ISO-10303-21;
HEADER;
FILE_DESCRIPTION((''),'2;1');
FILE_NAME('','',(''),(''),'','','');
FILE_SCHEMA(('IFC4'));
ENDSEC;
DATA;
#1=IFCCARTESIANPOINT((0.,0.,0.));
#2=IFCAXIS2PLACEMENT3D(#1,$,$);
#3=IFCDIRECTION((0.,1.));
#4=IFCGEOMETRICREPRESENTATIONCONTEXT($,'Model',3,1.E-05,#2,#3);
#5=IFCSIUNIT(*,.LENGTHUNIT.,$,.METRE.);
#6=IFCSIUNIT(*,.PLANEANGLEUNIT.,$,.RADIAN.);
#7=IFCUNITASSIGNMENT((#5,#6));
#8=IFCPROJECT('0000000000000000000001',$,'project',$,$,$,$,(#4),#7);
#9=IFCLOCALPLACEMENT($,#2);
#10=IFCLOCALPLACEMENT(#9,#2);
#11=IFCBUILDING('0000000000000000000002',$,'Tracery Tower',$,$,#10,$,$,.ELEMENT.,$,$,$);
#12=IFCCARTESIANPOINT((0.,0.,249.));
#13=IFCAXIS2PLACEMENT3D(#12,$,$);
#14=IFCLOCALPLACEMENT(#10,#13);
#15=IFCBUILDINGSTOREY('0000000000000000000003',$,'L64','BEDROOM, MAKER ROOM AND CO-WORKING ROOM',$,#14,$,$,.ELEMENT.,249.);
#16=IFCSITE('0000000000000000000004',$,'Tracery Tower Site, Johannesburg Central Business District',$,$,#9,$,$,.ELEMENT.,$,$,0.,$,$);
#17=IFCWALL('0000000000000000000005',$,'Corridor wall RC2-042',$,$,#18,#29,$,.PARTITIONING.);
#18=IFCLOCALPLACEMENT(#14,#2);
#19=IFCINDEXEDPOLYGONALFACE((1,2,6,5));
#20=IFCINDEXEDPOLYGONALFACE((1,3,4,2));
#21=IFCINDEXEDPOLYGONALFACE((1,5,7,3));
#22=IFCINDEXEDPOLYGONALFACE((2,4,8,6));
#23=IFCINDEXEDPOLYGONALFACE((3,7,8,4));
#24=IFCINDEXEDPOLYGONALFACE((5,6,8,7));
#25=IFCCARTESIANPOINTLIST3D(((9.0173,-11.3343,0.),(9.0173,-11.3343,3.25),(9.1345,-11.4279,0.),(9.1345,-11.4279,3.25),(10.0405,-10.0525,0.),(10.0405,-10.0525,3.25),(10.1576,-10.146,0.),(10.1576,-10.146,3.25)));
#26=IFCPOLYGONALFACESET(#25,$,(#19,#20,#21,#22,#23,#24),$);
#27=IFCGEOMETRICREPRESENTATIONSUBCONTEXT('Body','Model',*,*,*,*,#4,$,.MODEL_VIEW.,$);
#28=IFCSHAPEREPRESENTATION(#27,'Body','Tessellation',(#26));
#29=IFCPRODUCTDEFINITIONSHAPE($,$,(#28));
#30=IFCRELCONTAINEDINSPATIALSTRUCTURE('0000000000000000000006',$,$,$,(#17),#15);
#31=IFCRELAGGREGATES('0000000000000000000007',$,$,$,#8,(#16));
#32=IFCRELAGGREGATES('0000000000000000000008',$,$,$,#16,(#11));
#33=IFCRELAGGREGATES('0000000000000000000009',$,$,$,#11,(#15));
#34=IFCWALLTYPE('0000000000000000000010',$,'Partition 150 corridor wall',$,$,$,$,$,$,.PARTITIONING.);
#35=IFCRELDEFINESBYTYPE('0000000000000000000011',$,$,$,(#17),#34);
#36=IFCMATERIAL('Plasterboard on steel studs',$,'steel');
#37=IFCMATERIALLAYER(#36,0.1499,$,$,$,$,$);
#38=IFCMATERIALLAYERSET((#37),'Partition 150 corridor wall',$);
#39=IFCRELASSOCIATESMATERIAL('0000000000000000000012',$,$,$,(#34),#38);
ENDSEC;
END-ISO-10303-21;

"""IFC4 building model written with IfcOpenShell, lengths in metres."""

from ifc_helpers import new_model, si_unit, direction, frame, frame_2d, origin, place, context, subcontext, project, spatial, rectangle, extrude, material, layer, layer_set, type_object, element, save


model = new_model("IFC4")

# Units and contexts
model_context = context("Model", 3, precision=1e-05, world=origin(), true_north=direction((0.0, 1.0)))
body_context = subcontext(model_context, "Body", "Model", "MODEL_VIEW")
ifc_project = project(units=[si_unit("LENGTHUNIT", "METRE"), si_unit("PLANEANGLEUNIT", "RADIAN")], contexts=[model_context])

# Site, building, storey
site_placement = place(None, origin())
site = spatial("IfcSite", under=ifc_project, at=site_placement, Name="Tracery Tower Site, Johannesburg Central Business District", CompositionType="ELEMENT", RefElevation=0.0)
building_placement = place(site_placement, origin())
building = spatial("IfcBuilding", under=site, at=building_placement, Name="Tracery Tower", CompositionType="ELEMENT")
storey_placement = place(building_placement, frame((0.0, 0.0, 249.0)))
storey = spatial("IfcBuildingStorey", under=building, at=storey_placement, Name="L64", Description="BEDROOM, MAKER ROOM AND CO-WORKING ROOM", CompositionType="ELEMENT", Elevation=249.0)

# Shared definitions
ifc_material_1 = material(Name="Plasterboard on steel studs", Category="steel")
ifc_layer_1 = layer(ifc_material_1, 0.1499)
ifc_layer_set_1 = layer_set([ifc_layer_1], Name="Partition 150 corridor wall")
wall_type_1 = type_object("IfcWallType", Name="Partition 150 corridor wall", PredefinedType="PARTITIONING", material=ifc_layer_set_1)

# Wall
wall_1_placement = place(storey_placement, frame((9.0759, -11.3811, 0.0), z_axis=(0.0, 0.0, 1.0), x_axis=(0.623805, 0.78158, 0.0)))
element("IfcWall", 1, at=wall_1_placement, inside=storey, type_object=wall_type_1, Name="Corridor wall RC2-042", PredefinedType="PARTITIONING", context=body_context, shape_type="SweptSolid", body=[
    extrude(rectangle(XDim=1.6401, YDim=0.1499, at=frame_2d((0.8201, 0.0))), origin(), (0.0, 0.0, 1.0), 3.25),
])

save(model, "model.ifc")
